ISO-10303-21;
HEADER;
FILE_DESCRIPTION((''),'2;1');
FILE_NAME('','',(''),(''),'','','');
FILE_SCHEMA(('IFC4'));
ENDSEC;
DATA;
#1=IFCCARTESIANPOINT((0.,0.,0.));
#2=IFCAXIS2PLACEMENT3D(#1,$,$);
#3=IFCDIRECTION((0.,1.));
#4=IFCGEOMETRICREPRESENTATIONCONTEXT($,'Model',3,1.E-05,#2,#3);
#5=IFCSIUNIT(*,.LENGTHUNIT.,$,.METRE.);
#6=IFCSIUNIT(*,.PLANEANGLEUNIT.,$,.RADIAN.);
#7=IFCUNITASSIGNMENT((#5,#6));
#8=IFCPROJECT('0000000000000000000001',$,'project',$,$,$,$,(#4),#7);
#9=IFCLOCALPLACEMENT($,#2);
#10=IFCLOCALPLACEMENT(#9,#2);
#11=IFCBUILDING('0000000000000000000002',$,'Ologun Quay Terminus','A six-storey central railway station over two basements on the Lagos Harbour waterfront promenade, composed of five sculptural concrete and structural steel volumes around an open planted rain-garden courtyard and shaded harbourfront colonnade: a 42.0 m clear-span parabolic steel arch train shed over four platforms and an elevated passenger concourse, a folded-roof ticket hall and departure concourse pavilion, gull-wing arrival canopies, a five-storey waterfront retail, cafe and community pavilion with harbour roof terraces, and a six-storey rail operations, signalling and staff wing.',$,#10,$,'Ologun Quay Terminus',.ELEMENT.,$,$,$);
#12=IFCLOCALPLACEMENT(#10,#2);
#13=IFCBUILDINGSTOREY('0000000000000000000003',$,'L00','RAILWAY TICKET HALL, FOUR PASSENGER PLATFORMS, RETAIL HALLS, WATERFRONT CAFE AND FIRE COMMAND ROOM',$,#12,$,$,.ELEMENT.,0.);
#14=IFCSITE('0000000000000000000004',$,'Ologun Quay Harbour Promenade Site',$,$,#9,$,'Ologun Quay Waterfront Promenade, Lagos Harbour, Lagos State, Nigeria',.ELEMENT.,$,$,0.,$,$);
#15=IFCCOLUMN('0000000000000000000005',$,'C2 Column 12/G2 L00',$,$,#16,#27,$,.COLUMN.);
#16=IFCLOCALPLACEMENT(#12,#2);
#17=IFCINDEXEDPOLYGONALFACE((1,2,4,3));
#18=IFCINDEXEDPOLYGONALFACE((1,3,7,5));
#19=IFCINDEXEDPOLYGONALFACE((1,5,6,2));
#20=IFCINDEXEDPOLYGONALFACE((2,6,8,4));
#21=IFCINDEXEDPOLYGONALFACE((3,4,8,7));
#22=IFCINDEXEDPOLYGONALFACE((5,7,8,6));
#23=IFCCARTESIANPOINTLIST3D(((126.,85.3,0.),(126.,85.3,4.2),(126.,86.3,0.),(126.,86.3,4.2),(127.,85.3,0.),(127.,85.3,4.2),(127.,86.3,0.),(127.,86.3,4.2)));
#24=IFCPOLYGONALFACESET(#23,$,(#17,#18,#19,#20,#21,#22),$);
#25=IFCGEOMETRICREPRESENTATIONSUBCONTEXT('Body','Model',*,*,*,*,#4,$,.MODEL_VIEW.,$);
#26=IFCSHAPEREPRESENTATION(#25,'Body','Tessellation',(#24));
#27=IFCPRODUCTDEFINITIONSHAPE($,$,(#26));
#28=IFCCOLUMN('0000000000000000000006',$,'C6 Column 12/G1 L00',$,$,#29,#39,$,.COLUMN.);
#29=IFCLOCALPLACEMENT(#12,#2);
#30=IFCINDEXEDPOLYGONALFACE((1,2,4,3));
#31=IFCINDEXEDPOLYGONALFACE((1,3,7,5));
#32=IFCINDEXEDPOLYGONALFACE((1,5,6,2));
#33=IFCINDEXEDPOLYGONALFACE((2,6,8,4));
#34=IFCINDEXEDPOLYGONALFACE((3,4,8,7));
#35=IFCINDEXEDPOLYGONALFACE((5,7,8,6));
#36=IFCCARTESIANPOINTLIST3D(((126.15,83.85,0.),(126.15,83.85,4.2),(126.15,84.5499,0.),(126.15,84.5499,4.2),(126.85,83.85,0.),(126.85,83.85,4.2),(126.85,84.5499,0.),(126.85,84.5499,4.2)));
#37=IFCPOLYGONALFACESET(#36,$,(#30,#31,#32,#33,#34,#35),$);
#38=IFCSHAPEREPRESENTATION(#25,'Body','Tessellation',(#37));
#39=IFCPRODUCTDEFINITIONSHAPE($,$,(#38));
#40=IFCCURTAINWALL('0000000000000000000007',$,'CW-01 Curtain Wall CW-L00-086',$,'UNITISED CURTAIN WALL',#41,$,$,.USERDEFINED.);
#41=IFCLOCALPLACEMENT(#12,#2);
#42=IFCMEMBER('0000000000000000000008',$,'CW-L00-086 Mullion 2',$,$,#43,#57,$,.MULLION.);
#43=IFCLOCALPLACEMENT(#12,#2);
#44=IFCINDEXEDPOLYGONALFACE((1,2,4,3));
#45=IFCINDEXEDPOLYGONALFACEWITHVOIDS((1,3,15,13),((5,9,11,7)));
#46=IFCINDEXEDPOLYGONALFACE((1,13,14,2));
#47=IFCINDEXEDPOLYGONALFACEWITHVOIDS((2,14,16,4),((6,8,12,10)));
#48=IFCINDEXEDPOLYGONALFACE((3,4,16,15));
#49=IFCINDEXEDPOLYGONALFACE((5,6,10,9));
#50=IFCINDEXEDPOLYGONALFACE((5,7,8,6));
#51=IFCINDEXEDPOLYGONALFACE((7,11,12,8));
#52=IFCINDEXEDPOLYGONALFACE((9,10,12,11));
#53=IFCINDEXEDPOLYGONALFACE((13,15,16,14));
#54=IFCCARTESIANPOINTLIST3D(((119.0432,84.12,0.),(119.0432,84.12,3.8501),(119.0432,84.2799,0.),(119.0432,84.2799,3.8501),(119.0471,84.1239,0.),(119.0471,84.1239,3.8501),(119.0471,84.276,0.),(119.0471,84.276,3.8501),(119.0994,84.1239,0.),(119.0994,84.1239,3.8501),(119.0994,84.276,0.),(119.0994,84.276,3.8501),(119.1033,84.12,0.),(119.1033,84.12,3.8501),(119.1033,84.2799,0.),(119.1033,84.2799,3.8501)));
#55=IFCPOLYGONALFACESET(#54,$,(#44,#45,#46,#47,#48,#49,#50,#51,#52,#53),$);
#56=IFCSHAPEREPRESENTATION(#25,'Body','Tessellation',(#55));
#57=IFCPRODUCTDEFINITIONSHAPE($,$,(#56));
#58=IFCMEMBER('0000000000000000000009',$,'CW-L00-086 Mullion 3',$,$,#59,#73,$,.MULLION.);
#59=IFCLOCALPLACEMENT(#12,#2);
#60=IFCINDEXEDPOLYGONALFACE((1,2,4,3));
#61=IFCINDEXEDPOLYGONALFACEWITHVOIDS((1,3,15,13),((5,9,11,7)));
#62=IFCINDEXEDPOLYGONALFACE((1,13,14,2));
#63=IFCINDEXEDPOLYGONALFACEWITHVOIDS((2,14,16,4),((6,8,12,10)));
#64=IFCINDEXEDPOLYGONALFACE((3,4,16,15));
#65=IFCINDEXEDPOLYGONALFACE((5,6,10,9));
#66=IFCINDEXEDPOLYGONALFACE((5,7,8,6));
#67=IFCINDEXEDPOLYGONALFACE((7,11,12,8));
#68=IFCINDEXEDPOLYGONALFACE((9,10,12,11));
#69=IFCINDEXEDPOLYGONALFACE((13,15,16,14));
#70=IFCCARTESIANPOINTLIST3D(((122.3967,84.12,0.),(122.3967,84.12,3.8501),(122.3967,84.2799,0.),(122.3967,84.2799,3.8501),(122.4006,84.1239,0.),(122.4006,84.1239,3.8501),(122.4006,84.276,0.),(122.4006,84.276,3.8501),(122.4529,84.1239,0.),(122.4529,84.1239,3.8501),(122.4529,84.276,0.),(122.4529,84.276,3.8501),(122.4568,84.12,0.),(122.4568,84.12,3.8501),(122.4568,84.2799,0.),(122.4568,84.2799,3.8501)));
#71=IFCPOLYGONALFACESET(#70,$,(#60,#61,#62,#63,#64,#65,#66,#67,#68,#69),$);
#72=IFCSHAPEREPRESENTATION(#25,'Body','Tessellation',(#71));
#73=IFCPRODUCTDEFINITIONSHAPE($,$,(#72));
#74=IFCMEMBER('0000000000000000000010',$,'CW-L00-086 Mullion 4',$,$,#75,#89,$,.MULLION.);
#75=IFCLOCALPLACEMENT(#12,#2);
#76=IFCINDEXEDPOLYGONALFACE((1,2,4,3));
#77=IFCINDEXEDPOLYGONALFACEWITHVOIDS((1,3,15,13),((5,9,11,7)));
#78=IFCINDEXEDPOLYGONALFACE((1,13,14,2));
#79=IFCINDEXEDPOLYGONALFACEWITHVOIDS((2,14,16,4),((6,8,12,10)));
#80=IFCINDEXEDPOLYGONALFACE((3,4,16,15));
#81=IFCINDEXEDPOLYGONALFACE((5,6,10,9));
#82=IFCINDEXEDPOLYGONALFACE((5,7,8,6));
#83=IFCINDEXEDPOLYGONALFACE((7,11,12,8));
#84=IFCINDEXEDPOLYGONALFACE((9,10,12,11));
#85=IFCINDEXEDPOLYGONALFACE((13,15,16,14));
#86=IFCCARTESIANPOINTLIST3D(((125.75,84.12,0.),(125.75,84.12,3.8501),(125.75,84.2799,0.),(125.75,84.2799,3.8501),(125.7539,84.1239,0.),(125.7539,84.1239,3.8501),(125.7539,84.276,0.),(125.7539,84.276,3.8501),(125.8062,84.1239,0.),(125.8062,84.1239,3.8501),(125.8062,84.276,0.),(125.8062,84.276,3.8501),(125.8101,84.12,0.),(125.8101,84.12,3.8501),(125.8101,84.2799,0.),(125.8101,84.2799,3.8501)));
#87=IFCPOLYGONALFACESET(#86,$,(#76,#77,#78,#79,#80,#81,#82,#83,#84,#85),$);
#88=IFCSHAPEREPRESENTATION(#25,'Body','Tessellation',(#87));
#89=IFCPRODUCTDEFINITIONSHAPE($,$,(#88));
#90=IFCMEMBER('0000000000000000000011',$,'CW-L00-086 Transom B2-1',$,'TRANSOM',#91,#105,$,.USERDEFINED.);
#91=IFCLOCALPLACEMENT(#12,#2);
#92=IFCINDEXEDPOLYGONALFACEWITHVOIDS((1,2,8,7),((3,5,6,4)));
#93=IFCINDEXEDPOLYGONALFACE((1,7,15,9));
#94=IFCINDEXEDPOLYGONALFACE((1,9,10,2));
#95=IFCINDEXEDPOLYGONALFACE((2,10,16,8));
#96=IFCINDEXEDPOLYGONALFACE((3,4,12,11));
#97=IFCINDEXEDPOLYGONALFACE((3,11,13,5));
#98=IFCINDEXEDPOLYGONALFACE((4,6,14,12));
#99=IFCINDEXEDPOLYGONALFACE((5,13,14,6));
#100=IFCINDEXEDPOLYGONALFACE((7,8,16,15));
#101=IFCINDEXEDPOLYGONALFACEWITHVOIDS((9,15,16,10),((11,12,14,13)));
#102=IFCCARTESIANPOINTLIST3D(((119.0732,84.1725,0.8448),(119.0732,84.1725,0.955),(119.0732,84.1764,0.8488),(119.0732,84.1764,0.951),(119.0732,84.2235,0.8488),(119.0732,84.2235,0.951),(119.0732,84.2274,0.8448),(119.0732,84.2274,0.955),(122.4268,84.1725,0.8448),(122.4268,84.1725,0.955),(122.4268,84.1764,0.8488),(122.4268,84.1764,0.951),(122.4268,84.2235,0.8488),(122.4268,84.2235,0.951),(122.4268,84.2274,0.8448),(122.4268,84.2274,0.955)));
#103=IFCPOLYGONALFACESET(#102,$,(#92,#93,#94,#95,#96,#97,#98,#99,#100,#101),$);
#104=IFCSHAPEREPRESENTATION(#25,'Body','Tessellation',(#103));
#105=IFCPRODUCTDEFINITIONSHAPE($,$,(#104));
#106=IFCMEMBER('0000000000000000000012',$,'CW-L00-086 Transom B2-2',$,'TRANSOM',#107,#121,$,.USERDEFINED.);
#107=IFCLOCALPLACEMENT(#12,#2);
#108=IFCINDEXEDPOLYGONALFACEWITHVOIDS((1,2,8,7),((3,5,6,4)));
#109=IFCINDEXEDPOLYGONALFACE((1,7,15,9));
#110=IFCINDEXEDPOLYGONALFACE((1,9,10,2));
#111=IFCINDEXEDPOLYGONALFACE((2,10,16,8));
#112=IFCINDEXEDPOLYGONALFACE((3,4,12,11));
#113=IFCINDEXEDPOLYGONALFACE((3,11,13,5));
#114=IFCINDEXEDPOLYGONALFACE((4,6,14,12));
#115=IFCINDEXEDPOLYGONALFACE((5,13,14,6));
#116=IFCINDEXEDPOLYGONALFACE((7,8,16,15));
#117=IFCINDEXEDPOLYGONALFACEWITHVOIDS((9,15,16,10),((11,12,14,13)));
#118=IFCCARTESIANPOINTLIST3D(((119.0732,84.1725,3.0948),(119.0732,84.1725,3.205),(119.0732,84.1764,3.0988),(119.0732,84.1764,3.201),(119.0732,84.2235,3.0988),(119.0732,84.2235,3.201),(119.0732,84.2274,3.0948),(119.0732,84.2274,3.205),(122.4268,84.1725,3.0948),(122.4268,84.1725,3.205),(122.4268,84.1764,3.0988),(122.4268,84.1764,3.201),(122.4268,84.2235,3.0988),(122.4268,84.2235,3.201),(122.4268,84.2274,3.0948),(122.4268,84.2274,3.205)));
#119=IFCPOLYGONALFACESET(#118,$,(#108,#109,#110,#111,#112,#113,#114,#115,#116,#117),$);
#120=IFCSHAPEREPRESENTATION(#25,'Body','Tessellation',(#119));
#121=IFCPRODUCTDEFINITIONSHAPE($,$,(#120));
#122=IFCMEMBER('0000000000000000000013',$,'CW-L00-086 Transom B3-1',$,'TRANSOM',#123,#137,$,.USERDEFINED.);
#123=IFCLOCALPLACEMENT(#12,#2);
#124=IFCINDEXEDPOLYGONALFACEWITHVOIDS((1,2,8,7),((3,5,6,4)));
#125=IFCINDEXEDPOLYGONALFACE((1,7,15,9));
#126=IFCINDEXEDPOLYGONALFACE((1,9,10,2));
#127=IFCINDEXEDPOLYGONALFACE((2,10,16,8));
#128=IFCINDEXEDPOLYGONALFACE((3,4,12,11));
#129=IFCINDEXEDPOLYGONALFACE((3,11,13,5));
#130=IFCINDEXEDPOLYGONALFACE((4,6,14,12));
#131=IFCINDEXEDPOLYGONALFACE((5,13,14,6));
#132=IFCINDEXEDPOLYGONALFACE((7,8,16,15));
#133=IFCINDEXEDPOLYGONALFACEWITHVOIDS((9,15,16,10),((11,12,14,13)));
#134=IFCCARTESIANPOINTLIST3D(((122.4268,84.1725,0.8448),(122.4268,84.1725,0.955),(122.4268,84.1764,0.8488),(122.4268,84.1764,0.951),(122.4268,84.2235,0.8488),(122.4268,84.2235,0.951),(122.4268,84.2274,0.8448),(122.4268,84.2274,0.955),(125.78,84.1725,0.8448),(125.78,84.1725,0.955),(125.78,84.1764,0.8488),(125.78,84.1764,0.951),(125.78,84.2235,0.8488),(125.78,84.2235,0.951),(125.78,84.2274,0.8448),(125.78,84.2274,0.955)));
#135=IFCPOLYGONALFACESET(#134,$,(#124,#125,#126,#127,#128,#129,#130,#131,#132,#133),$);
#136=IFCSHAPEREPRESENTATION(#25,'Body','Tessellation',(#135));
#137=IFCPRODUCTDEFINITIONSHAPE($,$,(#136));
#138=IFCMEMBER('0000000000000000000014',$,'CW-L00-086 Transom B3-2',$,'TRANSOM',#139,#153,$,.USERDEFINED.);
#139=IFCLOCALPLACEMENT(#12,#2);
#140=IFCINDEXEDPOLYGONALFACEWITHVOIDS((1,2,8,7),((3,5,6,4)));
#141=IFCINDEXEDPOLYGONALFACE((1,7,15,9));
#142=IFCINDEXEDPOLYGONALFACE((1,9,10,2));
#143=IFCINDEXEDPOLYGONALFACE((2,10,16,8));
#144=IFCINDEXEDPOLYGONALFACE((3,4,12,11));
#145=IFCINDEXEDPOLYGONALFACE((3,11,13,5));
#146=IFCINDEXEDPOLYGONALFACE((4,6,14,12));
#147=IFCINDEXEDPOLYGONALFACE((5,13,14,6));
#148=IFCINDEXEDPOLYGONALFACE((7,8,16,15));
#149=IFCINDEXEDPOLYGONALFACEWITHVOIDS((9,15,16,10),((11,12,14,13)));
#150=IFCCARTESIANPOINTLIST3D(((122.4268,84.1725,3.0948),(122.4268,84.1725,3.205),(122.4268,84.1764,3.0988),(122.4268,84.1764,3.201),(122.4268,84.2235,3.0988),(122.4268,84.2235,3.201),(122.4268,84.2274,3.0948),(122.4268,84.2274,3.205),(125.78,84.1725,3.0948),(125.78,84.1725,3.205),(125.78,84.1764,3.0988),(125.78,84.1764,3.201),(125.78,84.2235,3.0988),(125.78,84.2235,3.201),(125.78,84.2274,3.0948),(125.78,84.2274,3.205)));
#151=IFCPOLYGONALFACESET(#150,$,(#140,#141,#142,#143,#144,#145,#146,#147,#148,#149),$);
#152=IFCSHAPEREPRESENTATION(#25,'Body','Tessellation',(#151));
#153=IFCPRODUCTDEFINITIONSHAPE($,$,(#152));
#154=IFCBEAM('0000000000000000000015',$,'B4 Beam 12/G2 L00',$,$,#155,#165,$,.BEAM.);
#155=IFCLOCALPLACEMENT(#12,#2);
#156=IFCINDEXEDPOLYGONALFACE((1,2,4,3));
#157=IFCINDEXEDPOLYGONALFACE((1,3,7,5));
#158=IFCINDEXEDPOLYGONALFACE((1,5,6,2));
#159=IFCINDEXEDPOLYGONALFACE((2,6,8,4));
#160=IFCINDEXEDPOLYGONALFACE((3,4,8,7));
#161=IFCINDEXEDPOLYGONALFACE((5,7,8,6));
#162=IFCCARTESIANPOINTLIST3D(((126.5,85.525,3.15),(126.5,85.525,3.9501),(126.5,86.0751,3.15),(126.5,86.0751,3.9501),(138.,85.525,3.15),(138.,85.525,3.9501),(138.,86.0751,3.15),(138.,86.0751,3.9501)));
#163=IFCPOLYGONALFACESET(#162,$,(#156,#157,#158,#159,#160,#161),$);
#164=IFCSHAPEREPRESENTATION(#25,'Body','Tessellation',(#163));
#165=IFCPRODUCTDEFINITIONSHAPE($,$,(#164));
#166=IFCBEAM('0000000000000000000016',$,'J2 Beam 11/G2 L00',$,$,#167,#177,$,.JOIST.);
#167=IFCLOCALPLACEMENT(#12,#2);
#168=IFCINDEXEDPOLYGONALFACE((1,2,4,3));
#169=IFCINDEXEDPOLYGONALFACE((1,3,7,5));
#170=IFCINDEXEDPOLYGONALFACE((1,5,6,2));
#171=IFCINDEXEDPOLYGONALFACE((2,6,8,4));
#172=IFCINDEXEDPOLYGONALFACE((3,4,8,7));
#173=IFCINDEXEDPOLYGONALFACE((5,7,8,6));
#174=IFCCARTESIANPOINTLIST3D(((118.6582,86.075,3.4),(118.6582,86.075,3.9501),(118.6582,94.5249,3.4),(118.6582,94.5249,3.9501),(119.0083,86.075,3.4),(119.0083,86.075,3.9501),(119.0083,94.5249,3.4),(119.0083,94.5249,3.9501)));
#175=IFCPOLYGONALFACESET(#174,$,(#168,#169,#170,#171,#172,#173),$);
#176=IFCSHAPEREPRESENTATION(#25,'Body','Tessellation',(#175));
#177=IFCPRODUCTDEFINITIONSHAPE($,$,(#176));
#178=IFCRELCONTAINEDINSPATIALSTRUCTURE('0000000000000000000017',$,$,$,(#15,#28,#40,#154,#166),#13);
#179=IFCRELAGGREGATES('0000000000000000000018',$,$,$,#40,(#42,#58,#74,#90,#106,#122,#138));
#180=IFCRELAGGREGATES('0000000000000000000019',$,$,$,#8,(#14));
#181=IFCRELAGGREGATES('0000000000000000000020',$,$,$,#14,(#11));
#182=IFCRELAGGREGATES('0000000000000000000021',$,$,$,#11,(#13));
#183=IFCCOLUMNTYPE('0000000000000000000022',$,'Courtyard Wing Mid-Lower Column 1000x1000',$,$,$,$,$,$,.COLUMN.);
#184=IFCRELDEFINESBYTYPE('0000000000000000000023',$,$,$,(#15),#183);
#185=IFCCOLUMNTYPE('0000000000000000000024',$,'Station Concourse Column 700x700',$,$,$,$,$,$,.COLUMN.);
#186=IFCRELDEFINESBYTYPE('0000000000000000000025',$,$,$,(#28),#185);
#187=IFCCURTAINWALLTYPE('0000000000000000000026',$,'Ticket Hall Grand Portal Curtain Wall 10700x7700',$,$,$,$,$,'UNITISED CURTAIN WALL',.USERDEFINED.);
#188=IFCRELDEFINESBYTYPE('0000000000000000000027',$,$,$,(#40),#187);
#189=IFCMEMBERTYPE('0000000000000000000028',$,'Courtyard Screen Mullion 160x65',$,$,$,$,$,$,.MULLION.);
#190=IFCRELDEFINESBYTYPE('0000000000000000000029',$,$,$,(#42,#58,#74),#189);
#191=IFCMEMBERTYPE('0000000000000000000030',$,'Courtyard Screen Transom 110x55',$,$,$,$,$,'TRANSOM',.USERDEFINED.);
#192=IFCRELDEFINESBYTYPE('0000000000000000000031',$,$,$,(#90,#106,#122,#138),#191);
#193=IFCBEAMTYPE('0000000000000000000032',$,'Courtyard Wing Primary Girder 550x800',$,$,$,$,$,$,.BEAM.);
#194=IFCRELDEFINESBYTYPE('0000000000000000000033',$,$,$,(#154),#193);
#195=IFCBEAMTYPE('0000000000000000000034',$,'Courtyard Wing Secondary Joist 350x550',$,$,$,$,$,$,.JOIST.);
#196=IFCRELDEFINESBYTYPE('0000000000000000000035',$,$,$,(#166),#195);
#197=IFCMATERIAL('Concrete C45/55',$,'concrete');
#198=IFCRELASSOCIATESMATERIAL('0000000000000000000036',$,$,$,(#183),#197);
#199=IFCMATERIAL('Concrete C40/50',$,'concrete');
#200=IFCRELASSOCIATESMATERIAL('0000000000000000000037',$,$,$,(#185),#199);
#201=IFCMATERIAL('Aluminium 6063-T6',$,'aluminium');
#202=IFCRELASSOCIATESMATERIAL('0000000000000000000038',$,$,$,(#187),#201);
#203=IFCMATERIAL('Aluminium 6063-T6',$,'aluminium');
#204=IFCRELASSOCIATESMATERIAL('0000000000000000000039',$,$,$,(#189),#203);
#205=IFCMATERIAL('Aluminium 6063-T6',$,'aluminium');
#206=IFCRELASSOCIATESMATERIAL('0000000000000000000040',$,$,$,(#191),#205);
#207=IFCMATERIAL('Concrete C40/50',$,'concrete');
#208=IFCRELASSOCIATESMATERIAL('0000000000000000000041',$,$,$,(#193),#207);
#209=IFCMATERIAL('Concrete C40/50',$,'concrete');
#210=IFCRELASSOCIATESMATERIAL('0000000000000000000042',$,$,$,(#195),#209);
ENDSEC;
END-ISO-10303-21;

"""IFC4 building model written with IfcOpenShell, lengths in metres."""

from ifc_helpers import new_model, si_unit, direction, frame, origin, origin_2d, place, context, subcontext, project, spatial, rectangle, hollow_rectangle, extrude, material, material_profile, profile_set, type_object, element, aggregate, save


model = new_model("IFC4")

# Units and contexts
model_context = context("Model", 3, precision=1e-05, world=origin(), true_north=direction((0.0, 1.0)))
body_context = subcontext(model_context, "Body", "Model", "MODEL_VIEW")
ifc_project = project(units=[si_unit("LENGTHUNIT", "METRE"), si_unit("PLANEANGLEUNIT", "RADIAN")], contexts=[model_context])

# Site, building, storey
site_placement = place(None, origin())
site = spatial("IfcSite", under=ifc_project, at=site_placement, Name="Ologun Quay Harbour Promenade Site", LongName="Ologun Quay Waterfront Promenade, Lagos Harbour, Lagos State, Nigeria", CompositionType="ELEMENT", RefElevation=0.0)
building_placement = place(site_placement, origin())
building = spatial("IfcBuilding", under=site, at=building_placement, Name="Ologun Quay Terminus", Description="A six-storey central railway station over two basements on the Lagos Harbour waterfront promenade, composed of five sculptural concrete and structural steel volumes around an open planted rain-garden courtyard and shaded harbourfront colonnade: a 42.0 m clear-span parabolic steel arch train shed over four platforms and an elevated passenger concourse, a folded-roof ticket hall and departure concourse pavilion, gull-wing arrival canopies, a five-storey waterfront retail, cafe and community pavilion with harbour roof terraces, and a six-storey rail operations, signalling and staff wing.", LongName="Ologun Quay Terminus", CompositionType="ELEMENT")
storey_placement = place(building_placement, origin())
storey = spatial("IfcBuildingStorey", under=building, at=storey_placement, Name="L00", Description="RAILWAY TICKET HALL, FOUR PASSENGER PLATFORMS, RETAIL HALLS, WATERFRONT CAFE AND FIRE COMMAND ROOM", CompositionType="ELEMENT", Elevation=0.0)

# Columns
ifc_material_1 = material(Name="Concrete C45/55", Category="concrete")
ifc_material_profile_1 = material_profile(ifc_material_1, rectangle(XDim=1.0, YDim=1.0, at=origin_2d()), Name="RC 1000x1000")
ifc_profile_set_1 = profile_set([ifc_material_profile_1], Name="Concrete C45/55")
column_type_1 = type_object("IfcColumnType", Name="Courtyard Wing Mid-Lower Column 1000x1000", PredefinedType="COLUMN", material=ifc_profile_set_1)
column_1_placement = place(storey_placement, frame((126.5, 85.8, 0.0), z_axis=(0.0, 0.0, 1.0), x_axis=(1.0, 0.0, 0.0)))
element("IfcColumn", 1, at=column_1_placement, inside=storey, type_object=column_type_1, Name="C2 Column 12/G2 L00", PredefinedType="COLUMN", context=body_context, shape_type="SweptSolid", body=[
    extrude(rectangle(XDim=1.0, YDim=1.0, at=origin_2d()), origin(), (0.0, 0.0, 1.0), 4.2),
])
ifc_material_2 = material(Name="Concrete C40/50", Category="concrete")
ifc_material_profile_2 = material_profile(ifc_material_2, rectangle(XDim=0.7, YDim=0.7, at=origin_2d()), Name="RC 700x700")
ifc_profile_set_2 = profile_set([ifc_material_profile_2], Name="Concrete C40/50")
column_type_2 = type_object("IfcColumnType", Name="Station Concourse Column 700x700", PredefinedType="COLUMN", material=ifc_profile_set_2)
column_2_placement = place(storey_placement, frame((126.5, 84.2, 0.0), z_axis=(0.0, 0.0, 1.0), x_axis=(1.0, 0.0, 0.0)))
element("IfcColumn", 2, at=column_2_placement, inside=storey, type_object=column_type_2, Name="C6 Column 12/G1 L00", PredefinedType="COLUMN", context=body_context, shape_type="SweptSolid", body=[
    extrude(rectangle(XDim=0.7, YDim=0.7, at=origin_2d()), origin(), (0.0, 0.0, 1.0), 4.2),
])

# Curtain wall, members
ifc_material_3 = material(Name="Aluminium 6063-T6", Category="aluminium")
curtain_wall_type = type_object("IfcCurtainWallType", Name="Ticket Hall Grand Portal Curtain Wall 10700x7700", ElementType="UNITISED CURTAIN WALL", PredefinedType="USERDEFINED", material=ifc_material_3)
curtain_wall_placement = place(storey_placement, origin())
curtain_wall = element("IfcCurtainWall", 3, at=curtain_wall_placement, inside=storey, type_object=curtain_wall_type, Name="CW-01 Curtain Wall CW-L00-086", ObjectType="UNITISED CURTAIN WALL", PredefinedType="USERDEFINED")
ifc_material_4 = material(Name="Aluminium 6063-T6", Category="aluminium")
ifc_material_profile_3 = material_profile(ifc_material_4, hollow_rectangle(XDim=0.0601, YDim=0.1599, WallThickness=0.0039, at=origin_2d()), Name="ALU 160x60x4")
ifc_profile_set_3 = profile_set([ifc_material_profile_3], Name="Aluminium 6063-T6")
member_type_1 = type_object("IfcMemberType", Name="Courtyard Screen Mullion 160x65", PredefinedType="MULLION", material=ifc_profile_set_3)
member_1_placement = place(storey_placement, frame((119.0732, 84.2, 0.0), z_axis=(0.0, 0.0, 1.0), x_axis=(1.0, 0.0, 0.0)))
member_1 = element("IfcMember", 4, at=member_1_placement, type_object=member_type_1, Name="CW-L00-086 Mullion 2", PredefinedType="MULLION", context=body_context, shape_type="SweptSolid", body=[
    extrude(hollow_rectangle(XDim=0.0601, YDim=0.1599, WallThickness=0.0039, at=origin_2d()), origin(), (0.0, 0.0, 1.0), 3.8501),
])
member_2_placement = place(storey_placement, frame((122.4268, 84.2, 0.0), z_axis=(0.0, 0.0, 1.0), x_axis=(1.0, 0.0, 0.0)))
member_2 = element("IfcMember", 5, at=member_2_placement, type_object=member_type_1, Name="CW-L00-086 Mullion 3", PredefinedType="MULLION", context=body_context, shape_type="SweptSolid", body=[
    extrude(hollow_rectangle(XDim=0.0601, YDim=0.1599, WallThickness=0.0039, at=origin_2d()), origin(), (0.0, 0.0, 1.0), 3.8501),
])
member_3_placement = place(storey_placement, frame((125.78, 84.2, 0.0), z_axis=(0.0, 0.0, 1.0), x_axis=(1.0, 0.0, 0.0)))
member_3 = element("IfcMember", 6, at=member_3_placement, type_object=member_type_1, Name="CW-L00-086 Mullion 4", PredefinedType="MULLION", context=body_context, shape_type="SweptSolid", body=[
    extrude(hollow_rectangle(XDim=0.0601, YDim=0.1599, WallThickness=0.0039, at=origin_2d()), origin(), (0.0, 0.0, 1.0), 3.8501),
])
ifc_material_5 = material(Name="Aluminium 6063-T6", Category="aluminium")
ifc_material_profile_4 = material_profile(ifc_material_5, hollow_rectangle(XDim=0.0549, YDim=0.1101, WallThickness=0.0039, at=origin_2d()), Name="ALU 110x55x4")
ifc_profile_set_4 = profile_set([ifc_material_profile_4], Name="Aluminium 6063-T6")
member_type_2 = type_object("IfcMemberType", Name="Courtyard Screen Transom 110x55", ElementType="TRANSOM", PredefinedType="USERDEFINED", material=ifc_profile_set_4)
member_4_placement = place(storey_placement, frame((119.0732, 84.2, 0.8999), z_axis=(1.0, 0.0, 0.0), x_axis=(0.0, 1.0, 0.0)))
member_4 = element("IfcMember", 7, at=member_4_placement, type_object=member_type_2, Name="CW-L00-086 Transom B2-1", ObjectType="TRANSOM", PredefinedType="USERDEFINED", context=body_context, shape_type="SweptSolid", body=[
    extrude(hollow_rectangle(XDim=0.0549, YDim=0.1101, WallThickness=0.0039, at=origin_2d()), origin(), (0.0, 0.0, 1.0), 3.3535),
])
member_5_placement = place(storey_placement, frame((119.0732, 84.2, 3.1499), z_axis=(1.0, 0.0, 0.0), x_axis=(0.0, 1.0, 0.0)))
member_5 = element("IfcMember", 8, at=member_5_placement, type_object=member_type_2, Name="CW-L00-086 Transom B2-2", ObjectType="TRANSOM", PredefinedType="USERDEFINED", context=body_context, shape_type="SweptSolid", body=[
    extrude(hollow_rectangle(XDim=0.0549, YDim=0.1101, WallThickness=0.0039, at=origin_2d()), origin(), (0.0, 0.0, 1.0), 3.3535),
])
member_6_placement = place(storey_placement, frame((122.4268, 84.2, 0.8999), z_axis=(1.0, 0.0, 0.0), x_axis=(0.0, 1.0, 0.0)))
member_6 = element("IfcMember", 9, at=member_6_placement, type_object=member_type_2, Name="CW-L00-086 Transom B3-1", ObjectType="TRANSOM", PredefinedType="USERDEFINED", context=body_context, shape_type="SweptSolid", body=[
    extrude(hollow_rectangle(XDim=0.0549, YDim=0.1101, WallThickness=0.0039, at=origin_2d()), origin(), (0.0, 0.0, 1.0), 3.3533),
])
member_7_placement = place(storey_placement, frame((122.4268, 84.2, 3.1499), z_axis=(1.0, 0.0, 0.0), x_axis=(0.0, 1.0, 0.0)))
member_7 = element("IfcMember", 10, at=member_7_placement, type_object=member_type_2, Name="CW-L00-086 Transom B3-2", ObjectType="TRANSOM", PredefinedType="USERDEFINED", context=body_context, shape_type="SweptSolid", body=[
    extrude(hollow_rectangle(XDim=0.0549, YDim=0.1101, WallThickness=0.0039, at=origin_2d()), origin(), (0.0, 0.0, 1.0), 3.3533),
])

# Beams
ifc_material_6 = material(Name="Concrete C40/50", Category="concrete")
ifc_material_profile_5 = material_profile(ifc_material_6, rectangle(XDim=0.55, YDim=0.8, at=origin_2d()), Name="RC 550x800")
ifc_profile_set_5 = profile_set([ifc_material_profile_5], Name="Concrete C40/50")
beam_type_1 = type_object("IfcBeamType", Name="Courtyard Wing Primary Girder 550x800", PredefinedType="BEAM", material=ifc_profile_set_5)
beam_1_placement = place(storey_placement, frame((126.5, 85.8, 3.55), z_axis=(1.0, 0.0, 0.0), x_axis=(0.0, 1.0, 0.0)))
element("IfcBeam", 11, at=beam_1_placement, inside=storey, type_object=beam_type_1, Name="B4 Beam 12/G2 L00", PredefinedType="BEAM", context=body_context, shape_type="SweptSolid", body=[
    extrude(rectangle(XDim=0.55, YDim=0.8, at=origin_2d()), origin(), (0.0, 0.0, 1.0), 11.5),
])
ifc_material_7 = material(Name="Concrete C40/50", Category="concrete")
ifc_material_profile_6 = material_profile(ifc_material_7, rectangle(XDim=0.3501, YDim=0.55, at=origin_2d()), Name="RC 350x550")
ifc_profile_set_6 = profile_set([ifc_material_profile_6], Name="Concrete C40/50")
beam_type_2 = type_object("IfcBeamType", Name="Courtyard Wing Secondary Joist 350x550", PredefinedType="JOIST", material=ifc_profile_set_6)
for number, where, z_axis, x_axis, name in (
    (12, (118.8333, 86.075, 3.675), (0.0, 1.0, 0.0), (-1.0, 0.0, 0.0), "J2 Beam 11/G2 L00"),
):
    element("IfcBeam", number, at=place(storey_placement, frame(where, z_axis=z_axis, x_axis=x_axis)), inside=storey, type_object=beam_type_2, Name=name, PredefinedType="JOIST", context=body_context, shape_type="SweptSolid", body=[
        extrude(rectangle(XDim=0.3501, YDim=0.55, at=origin_2d()), origin(), (0.0, 0.0, 1.0), 8.45),
    ])

aggregate(curtain_wall, [member_1, member_2, member_3, member_4, member_5, member_6, member_7])

save(model, "model.ifc")
